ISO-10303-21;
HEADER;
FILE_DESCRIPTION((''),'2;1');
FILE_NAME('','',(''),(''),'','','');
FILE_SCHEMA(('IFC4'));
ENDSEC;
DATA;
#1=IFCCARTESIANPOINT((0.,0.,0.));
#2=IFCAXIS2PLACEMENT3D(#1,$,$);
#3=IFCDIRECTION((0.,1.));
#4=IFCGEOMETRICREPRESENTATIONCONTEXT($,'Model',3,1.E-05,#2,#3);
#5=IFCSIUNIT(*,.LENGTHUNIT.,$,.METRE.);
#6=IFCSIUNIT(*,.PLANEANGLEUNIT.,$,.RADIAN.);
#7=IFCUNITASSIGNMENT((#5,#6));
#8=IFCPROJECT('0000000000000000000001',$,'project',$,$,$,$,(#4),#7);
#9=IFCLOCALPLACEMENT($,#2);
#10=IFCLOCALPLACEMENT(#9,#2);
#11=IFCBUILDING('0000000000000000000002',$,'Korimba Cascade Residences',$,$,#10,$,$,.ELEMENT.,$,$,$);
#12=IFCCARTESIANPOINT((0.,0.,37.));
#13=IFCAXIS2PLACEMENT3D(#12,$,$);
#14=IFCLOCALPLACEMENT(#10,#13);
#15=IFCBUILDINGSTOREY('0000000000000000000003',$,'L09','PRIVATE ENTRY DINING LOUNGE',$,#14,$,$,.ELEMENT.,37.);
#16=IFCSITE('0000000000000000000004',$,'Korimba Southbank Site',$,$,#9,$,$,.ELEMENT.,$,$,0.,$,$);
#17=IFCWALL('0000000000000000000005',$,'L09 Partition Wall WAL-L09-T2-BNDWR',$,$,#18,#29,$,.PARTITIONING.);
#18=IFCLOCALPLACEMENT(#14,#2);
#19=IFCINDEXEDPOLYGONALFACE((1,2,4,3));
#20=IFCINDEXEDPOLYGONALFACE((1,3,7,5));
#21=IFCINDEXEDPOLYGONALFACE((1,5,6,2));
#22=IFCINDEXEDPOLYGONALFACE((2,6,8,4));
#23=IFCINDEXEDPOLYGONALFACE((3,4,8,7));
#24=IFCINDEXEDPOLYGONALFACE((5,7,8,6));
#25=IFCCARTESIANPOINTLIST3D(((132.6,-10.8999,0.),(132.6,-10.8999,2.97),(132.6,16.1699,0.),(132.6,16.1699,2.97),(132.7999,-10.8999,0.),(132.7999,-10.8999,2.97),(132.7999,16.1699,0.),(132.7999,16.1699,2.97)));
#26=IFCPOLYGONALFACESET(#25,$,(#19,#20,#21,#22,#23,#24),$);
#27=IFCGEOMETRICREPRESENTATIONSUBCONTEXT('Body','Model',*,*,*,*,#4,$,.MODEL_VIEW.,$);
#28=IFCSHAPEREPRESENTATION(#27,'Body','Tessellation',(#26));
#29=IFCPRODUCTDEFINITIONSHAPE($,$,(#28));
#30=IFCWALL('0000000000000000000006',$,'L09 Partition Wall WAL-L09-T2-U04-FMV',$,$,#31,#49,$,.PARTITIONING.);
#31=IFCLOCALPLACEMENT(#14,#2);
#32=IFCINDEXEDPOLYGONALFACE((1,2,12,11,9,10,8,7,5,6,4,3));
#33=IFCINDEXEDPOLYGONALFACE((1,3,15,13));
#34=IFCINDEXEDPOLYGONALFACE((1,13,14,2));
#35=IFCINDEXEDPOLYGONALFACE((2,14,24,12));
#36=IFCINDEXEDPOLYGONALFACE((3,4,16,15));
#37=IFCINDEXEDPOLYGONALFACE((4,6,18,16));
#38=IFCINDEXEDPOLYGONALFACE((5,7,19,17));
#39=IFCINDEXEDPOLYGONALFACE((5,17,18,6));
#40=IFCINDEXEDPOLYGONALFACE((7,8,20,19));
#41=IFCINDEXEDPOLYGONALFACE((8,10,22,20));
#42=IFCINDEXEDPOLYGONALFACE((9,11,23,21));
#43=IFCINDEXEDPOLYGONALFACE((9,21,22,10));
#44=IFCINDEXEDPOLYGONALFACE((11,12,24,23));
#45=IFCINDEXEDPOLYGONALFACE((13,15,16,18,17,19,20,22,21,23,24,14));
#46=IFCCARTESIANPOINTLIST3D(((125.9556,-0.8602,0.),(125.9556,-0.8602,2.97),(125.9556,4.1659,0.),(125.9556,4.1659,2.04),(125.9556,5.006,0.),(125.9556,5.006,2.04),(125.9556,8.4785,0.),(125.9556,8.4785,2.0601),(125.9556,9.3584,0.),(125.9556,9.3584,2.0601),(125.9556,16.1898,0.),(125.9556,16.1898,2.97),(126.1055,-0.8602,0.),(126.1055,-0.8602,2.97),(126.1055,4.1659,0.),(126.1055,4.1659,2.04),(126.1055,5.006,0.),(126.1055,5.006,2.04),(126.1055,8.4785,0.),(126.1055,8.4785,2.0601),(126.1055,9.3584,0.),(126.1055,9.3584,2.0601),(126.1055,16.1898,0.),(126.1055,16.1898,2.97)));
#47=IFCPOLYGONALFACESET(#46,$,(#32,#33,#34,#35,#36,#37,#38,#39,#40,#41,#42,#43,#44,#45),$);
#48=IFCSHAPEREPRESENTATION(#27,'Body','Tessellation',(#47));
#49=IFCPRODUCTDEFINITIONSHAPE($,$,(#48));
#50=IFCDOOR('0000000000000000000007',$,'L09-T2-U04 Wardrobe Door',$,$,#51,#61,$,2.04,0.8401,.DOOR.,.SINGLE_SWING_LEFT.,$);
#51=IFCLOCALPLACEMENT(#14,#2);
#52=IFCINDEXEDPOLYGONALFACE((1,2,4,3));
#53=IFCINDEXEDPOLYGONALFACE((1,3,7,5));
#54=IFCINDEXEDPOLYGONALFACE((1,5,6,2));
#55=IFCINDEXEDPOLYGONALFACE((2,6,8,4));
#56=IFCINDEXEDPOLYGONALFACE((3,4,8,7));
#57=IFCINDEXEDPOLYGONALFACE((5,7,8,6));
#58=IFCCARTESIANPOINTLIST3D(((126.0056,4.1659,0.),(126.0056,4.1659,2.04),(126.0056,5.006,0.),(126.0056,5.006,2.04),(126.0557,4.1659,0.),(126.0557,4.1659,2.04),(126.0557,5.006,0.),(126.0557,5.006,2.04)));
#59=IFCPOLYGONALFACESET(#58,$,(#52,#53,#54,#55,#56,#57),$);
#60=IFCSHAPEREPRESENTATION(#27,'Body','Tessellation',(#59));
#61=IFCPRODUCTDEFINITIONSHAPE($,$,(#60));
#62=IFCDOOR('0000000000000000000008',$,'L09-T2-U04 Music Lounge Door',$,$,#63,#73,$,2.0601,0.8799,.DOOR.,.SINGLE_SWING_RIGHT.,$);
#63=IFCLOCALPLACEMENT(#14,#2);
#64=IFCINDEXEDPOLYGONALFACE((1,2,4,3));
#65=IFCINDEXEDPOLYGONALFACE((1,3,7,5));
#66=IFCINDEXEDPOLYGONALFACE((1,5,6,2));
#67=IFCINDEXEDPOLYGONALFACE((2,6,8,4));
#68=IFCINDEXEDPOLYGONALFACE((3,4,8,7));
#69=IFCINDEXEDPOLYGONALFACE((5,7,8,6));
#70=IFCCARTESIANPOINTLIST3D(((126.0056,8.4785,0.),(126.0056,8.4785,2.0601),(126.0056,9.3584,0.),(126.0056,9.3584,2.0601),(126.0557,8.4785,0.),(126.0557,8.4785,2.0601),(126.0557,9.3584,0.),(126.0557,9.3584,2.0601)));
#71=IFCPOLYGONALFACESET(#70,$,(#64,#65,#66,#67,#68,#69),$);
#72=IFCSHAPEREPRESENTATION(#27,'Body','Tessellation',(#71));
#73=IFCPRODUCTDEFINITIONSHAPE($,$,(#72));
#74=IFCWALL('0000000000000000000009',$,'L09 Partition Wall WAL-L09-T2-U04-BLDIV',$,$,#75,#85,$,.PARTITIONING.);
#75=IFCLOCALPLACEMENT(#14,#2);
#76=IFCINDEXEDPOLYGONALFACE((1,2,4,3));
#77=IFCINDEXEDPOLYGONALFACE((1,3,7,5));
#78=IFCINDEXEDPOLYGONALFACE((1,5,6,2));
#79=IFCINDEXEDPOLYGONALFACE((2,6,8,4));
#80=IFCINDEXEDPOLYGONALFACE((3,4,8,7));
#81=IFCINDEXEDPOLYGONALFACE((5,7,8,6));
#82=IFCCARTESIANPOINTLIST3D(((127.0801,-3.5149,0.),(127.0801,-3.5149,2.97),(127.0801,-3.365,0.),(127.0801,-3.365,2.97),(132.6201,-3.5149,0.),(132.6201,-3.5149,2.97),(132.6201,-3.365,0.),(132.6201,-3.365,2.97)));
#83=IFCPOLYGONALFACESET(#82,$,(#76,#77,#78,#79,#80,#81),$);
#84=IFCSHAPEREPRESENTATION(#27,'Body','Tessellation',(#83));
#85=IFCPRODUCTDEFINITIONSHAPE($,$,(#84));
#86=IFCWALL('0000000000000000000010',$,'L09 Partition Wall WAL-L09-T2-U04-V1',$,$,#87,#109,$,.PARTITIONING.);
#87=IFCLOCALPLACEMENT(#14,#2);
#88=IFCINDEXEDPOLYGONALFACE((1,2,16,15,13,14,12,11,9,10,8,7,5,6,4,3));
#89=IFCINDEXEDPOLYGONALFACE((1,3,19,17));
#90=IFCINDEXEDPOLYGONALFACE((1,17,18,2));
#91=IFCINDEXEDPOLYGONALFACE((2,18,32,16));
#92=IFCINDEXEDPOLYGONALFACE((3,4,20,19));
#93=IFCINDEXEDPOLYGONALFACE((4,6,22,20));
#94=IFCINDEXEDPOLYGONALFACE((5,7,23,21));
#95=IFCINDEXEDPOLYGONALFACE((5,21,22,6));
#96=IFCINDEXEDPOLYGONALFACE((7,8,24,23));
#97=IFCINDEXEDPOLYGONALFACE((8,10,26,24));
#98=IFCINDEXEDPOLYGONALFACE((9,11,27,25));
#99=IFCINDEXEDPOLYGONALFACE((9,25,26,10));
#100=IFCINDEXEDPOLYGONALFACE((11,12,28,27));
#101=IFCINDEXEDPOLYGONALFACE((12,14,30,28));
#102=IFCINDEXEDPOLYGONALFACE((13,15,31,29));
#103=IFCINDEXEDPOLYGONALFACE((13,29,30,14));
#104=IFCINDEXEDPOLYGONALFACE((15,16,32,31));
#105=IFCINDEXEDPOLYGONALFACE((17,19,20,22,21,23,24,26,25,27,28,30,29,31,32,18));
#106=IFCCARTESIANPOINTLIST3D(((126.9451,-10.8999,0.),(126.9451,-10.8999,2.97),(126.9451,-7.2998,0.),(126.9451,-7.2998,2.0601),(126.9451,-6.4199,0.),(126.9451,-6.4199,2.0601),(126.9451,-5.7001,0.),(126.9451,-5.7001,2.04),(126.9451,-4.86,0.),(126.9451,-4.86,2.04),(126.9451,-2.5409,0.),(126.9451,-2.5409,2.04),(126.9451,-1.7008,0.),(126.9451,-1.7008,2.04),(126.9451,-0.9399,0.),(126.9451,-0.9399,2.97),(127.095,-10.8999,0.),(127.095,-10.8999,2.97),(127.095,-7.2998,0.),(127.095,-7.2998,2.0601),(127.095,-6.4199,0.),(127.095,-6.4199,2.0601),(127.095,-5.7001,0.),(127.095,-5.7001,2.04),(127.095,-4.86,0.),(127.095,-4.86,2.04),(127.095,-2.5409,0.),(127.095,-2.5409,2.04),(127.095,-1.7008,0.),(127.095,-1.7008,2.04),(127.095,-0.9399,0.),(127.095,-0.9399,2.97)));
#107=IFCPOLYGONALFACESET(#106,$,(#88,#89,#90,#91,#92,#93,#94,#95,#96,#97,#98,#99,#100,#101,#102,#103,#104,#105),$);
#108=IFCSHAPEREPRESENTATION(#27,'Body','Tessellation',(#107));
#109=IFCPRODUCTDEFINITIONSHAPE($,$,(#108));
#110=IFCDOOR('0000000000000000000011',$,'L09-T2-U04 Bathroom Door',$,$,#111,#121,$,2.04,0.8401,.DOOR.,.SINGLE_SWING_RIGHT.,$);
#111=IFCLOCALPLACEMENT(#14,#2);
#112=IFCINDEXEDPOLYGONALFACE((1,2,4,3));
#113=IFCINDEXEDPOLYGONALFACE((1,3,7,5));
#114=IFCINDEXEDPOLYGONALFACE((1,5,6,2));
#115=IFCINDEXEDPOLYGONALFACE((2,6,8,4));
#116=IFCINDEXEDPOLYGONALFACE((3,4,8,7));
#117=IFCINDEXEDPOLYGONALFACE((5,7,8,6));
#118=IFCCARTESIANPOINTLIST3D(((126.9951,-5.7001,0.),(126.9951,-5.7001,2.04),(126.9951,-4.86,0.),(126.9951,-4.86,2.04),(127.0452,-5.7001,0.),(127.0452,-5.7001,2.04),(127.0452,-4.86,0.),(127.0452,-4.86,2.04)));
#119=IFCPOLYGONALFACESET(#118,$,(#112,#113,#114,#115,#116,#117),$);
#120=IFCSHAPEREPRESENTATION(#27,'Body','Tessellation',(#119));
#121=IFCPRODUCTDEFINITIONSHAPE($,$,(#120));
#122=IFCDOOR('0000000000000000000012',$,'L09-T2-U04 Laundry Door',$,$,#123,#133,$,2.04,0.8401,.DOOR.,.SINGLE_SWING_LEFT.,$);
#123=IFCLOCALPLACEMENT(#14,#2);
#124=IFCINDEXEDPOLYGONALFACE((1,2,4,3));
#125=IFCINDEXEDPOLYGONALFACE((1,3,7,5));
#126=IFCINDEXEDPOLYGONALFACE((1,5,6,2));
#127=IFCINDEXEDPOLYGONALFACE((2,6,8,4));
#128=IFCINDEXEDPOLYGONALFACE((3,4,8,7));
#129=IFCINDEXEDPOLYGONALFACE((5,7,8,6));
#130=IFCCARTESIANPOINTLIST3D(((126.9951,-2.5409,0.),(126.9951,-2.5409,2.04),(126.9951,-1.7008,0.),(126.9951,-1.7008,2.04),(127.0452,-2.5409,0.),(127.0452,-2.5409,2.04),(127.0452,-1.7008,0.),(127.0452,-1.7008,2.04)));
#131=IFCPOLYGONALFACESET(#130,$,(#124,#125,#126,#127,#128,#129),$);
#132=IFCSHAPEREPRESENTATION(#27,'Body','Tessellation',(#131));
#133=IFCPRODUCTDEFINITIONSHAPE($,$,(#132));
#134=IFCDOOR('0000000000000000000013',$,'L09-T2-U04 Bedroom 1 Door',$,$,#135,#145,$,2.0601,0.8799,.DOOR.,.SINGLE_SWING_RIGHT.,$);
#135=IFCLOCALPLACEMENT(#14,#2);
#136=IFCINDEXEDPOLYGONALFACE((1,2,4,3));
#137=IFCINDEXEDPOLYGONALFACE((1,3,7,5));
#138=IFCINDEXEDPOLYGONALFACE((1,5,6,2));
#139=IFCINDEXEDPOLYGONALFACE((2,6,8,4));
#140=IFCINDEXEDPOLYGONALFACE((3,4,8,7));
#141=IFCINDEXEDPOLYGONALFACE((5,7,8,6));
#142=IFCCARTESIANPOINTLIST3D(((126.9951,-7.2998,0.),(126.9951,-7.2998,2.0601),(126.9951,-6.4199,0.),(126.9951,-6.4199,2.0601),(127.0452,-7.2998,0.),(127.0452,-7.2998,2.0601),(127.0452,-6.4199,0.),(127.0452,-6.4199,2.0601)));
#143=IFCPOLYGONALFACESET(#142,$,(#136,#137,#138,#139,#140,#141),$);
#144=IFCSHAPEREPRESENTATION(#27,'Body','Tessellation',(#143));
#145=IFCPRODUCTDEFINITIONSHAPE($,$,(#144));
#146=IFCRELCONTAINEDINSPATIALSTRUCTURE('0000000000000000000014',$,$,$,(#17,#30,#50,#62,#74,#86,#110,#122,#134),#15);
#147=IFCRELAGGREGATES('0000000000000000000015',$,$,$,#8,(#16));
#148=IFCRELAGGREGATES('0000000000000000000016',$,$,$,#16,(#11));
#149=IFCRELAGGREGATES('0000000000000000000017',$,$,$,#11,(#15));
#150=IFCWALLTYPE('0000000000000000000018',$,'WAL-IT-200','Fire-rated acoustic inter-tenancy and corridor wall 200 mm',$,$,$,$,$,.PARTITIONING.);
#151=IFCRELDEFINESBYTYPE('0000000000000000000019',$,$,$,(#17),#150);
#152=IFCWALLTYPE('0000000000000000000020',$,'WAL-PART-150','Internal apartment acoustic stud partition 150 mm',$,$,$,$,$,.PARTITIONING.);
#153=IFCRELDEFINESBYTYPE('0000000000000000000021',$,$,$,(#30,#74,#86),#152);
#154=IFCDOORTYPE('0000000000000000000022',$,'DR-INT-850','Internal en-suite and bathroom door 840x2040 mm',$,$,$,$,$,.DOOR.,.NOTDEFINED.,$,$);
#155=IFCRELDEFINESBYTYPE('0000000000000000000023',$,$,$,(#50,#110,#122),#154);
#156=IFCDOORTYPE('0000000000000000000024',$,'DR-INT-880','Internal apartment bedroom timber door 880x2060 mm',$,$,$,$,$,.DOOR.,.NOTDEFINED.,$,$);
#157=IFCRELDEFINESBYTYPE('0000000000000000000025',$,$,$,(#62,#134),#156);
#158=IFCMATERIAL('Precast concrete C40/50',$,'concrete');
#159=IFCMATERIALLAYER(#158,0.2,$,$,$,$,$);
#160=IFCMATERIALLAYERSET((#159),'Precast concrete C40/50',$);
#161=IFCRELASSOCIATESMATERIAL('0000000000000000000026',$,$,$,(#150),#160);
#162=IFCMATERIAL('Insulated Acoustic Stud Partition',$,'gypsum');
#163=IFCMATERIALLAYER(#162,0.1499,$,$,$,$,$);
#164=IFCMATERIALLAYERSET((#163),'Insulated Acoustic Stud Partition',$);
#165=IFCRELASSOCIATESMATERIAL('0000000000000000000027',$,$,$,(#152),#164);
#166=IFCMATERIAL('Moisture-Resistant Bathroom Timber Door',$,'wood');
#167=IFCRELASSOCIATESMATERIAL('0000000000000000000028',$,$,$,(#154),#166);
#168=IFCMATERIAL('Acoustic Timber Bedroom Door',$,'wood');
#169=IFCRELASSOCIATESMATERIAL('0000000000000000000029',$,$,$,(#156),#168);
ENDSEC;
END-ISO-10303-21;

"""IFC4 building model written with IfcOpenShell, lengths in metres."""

from ifc_helpers import new_model, si_unit, direction, frame, frame_2d, origin, place, context, subcontext, project, spatial, rectangle, extrude, material, layer, layer_set, type_object, element, fill, save


model = new_model("IFC4")

# Units and contexts
model_context = context("Model", 3, precision=1e-05, world=origin(), true_north=direction((0.0, 1.0)))
body_context = subcontext(model_context, "Body", "Model", "MODEL_VIEW")
ifc_project = project(units=[si_unit("LENGTHUNIT", "METRE"), si_unit("PLANEANGLEUNIT", "RADIAN")], contexts=[model_context])

# Site, building, storey
site_placement = place(None, origin())
site = spatial("IfcSite", under=ifc_project, at=site_placement, Name="Korimba Southbank Site", CompositionType="ELEMENT", RefElevation=0.0)
building_placement = place(site_placement, origin())
building = spatial("IfcBuilding", under=site, at=building_placement, Name="Korimba Cascade Residences", CompositionType="ELEMENT")
storey_placement = place(building_placement, frame((0.0, 0.0, 37.0)))
storey = spatial("IfcBuildingStorey", under=building, at=storey_placement, Name="L09", Description="PRIVATE ENTRY DINING LOUNGE", CompositionType="ELEMENT", Elevation=37.0)

# Shared definitions
ifc_material_1 = material(Name="Precast concrete C40/50", Category="concrete")

# Wall
ifc_layer_1 = layer(ifc_material_1, 0.2)
ifc_layer_set_1 = layer_set([ifc_layer_1], Name="Precast concrete C40/50")
wall_type_1 = type_object("IfcWallType", Name="WAL-IT-200", Description="Fire-rated acoustic inter-tenancy and corridor wall 200 mm", PredefinedType="PARTITIONING", material=ifc_layer_set_1)
wall_1_placement = place(storey_placement, frame((132.7, -10.8999, 0.0), z_axis=(0.0, 0.0, 1.0), x_axis=(0.0, 1.0, 0.0)))
element("IfcWall", 1, at=wall_1_placement, inside=storey, type_object=wall_type_1, Name="L09 Partition Wall WAL-L09-T2-BNDWR", PredefinedType="PARTITIONING", context=body_context, shape_type="SweptSolid", body=[
    extrude(rectangle(XDim=27.0698, YDim=0.2, at=frame_2d((13.5349, 0.0))), origin(), (0.0, 0.0, 1.0), 2.97),
])

# Wall, openings, doors
ifc_material_2 = material(Name="Insulated Acoustic Stud Partition", Category="gypsum")
ifc_layer_2 = layer(ifc_material_2, 0.1499)
ifc_layer_set_2 = layer_set([ifc_layer_2], Name="Insulated Acoustic Stud Partition")
wall_type_2 = type_object("IfcWallType", Name="WAL-PART-150", Description="Internal apartment acoustic stud partition 150 mm", PredefinedType="PARTITIONING", material=ifc_layer_set_2)
wall_2_placement = place(storey_placement, frame((126.0305, -0.8601, 0.0), z_axis=(0.0, 0.0, 1.0), x_axis=(0.0, 1.0, 0.0)))
wall_2 = element("IfcWall", 2, at=wall_2_placement, inside=storey, type_object=wall_type_2, Name="L09 Partition Wall WAL-L09-T2-U04-FMV", PredefinedType="PARTITIONING", context=body_context, shape_type="SweptSolid", body=[
    extrude(rectangle(XDim=17.05, YDim=0.1499, at=frame_2d((8.5249, 0.0))), origin(), (0.0, 0.0, 1.0), 2.97),
])
opening_1_placement = place(wall_2_placement, frame((5.0261, 0.0, 0.0)))
opening_1 = element("IfcOpeningElement", 3, at=opening_1_placement, cuts=wall_2, PredefinedType="OPENING", context=body_context, shape_type="SweptSolid", body=[
    extrude(rectangle(XDim=0.8401, YDim=2.04, at=frame_2d((0.4199, 1.02))), frame((0.0, 0.085, 0.0), z_axis=(0.0, -1.0, 0.0), x_axis=(1.0, 0.0, 0.0)), (0.0, 0.0, 1.0), 0.1699),
])
opening_2_placement = place(wall_2_placement, frame((9.3386, 0.0, 0.0)))
opening_2 = element("IfcOpeningElement", 4, at=opening_2_placement, cuts=wall_2, PredefinedType="OPENING", context=body_context, shape_type="SweptSolid", body=[
    extrude(rectangle(XDim=0.8799, YDim=2.0601, at=frame_2d((0.4399, 1.03))), frame((0.0, 0.085, 0.0), z_axis=(0.0, -1.0, 0.0), x_axis=(1.0, 0.0, 0.0)), (0.0, 0.0, 1.0), 0.1699),
])
ifc_material_3 = material(Name="Moisture-Resistant Bathroom Timber Door", Category="wood")
door_type_1 = type_object("IfcDoorType", Name="DR-INT-850", Description="Internal en-suite and bathroom door 840x2040 mm", OperationType="NOTDEFINED", PredefinedType="DOOR", material=ifc_material_3)
door_1_placement = place(opening_1_placement, origin())
door_1 = element("IfcDoor", 5, at=door_1_placement, inside=storey, type_object=door_type_1, Name="L09-T2-U04 Wardrobe Door", OperationType="SINGLE_SWING_LEFT", OverallHeight=2.04, OverallWidth=0.8401, PredefinedType="DOOR", context=body_context, shape_type="SweptSolid", body=[
    extrude(rectangle(XDim=0.8401, YDim=2.04, at=frame_2d((0.4199, 1.02))), frame((0.0, 0.0249, 0.0), z_axis=(0.0, -1.0, 0.0), x_axis=(1.0, 0.0, 0.0)), (0.0, 0.0, 1.0), 0.05),
])
fill(opening_1, door_1)
ifc_material_4 = material(Name="Acoustic Timber Bedroom Door", Category="wood")
door_type_2 = type_object("IfcDoorType", Name="DR-INT-880", Description="Internal apartment bedroom timber door 880x2060 mm", OperationType="NOTDEFINED", PredefinedType="DOOR", material=ifc_material_4)
door_2_placement = place(opening_2_placement, origin())
door_2 = element("IfcDoor", 6, at=door_2_placement, inside=storey, type_object=door_type_2, Name="L09-T2-U04 Music Lounge Door", OperationType="SINGLE_SWING_RIGHT", OverallHeight=2.0601, OverallWidth=0.8799, PredefinedType="DOOR", context=body_context, shape_type="SweptSolid", body=[
    extrude(rectangle(XDim=0.8799, YDim=2.0601, at=frame_2d((0.4399, 1.03))), frame((0.0, 0.0249, 0.0), z_axis=(0.0, -1.0, 0.0), x_axis=(1.0, 0.0, 0.0)), (0.0, 0.0, 1.0), 0.05),
])
fill(opening_2, door_2)

# Wall
wall_3_placement = place(storey_placement, frame((127.0801, -3.4399, 0.0), z_axis=(0.0, 0.0, 1.0), x_axis=(1.0, 0.0, 0.0)))
element("IfcWall", 7, at=wall_3_placement, inside=storey, type_object=wall_type_2, Name="L09 Partition Wall WAL-L09-T2-U04-BLDIV", PredefinedType="PARTITIONING", context=body_context, shape_type="SweptSolid", body=[
    extrude(rectangle(XDim=5.54, YDim=0.1499, at=frame_2d((2.77, 0.0))), origin(), (0.0, 0.0, 1.0), 2.97),
])

# Wall, openings, doors
wall_4_placement = place(storey_placement, frame((127.02, -10.8999, 0.0), z_axis=(0.0, 0.0, 1.0), x_axis=(0.0, 1.0, 0.0)))
wall_4 = element("IfcWall", 8, at=wall_4_placement, inside=storey, type_object=wall_type_2, Name="L09 Partition Wall WAL-L09-T2-U04-V1", PredefinedType="PARTITIONING", context=body_context, shape_type="SweptSolid", body=[
    extrude(rectangle(XDim=9.96, YDim=0.1499, at=frame_2d((4.98, 0.0))), origin(), (0.0, 0.0, 1.0), 2.97),
])
opening_3_placement = place(wall_4_placement, frame((5.2, 0.0, 0.0)))
opening_3 = element("IfcOpeningElement", 9, at=opening_3_placement, cuts=wall_4, PredefinedType="OPENING", context=body_context, shape_type="SweptSolid", body=[
    extrude(rectangle(XDim=0.8401, YDim=2.04, at=frame_2d((0.4199, 1.02))), frame((0.0, 0.085, 0.0), z_axis=(0.0, -1.0, 0.0), x_axis=(1.0, 0.0, 0.0)), (0.0, 0.0, 1.0), 0.1699),
])
opening_4_placement = place(wall_4_placement, frame((8.3591, 0.0, 0.0)))
opening_4 = element("IfcOpeningElement", 10, at=opening_4_placement, cuts=wall_4, PredefinedType="OPENING", context=body_context, shape_type="SweptSolid", body=[
    extrude(rectangle(XDim=0.8401, YDim=2.04, at=frame_2d((0.4199, 1.02))), frame((0.0, 0.085, 0.0), z_axis=(0.0, -1.0, 0.0), x_axis=(1.0, 0.0, 0.0)), (0.0, 0.0, 1.0), 0.1699),
])
opening_5_placement = place(wall_4_placement, frame((3.6001, 0.0, 0.0)))
opening_5 = element("IfcOpeningElement", 11, at=opening_5_placement, cuts=wall_4, PredefinedType="OPENING", context=body_context, shape_type="SweptSolid", body=[
    extrude(rectangle(XDim=0.8799, YDim=2.0601, at=frame_2d((0.4399, 1.03))), frame((0.0, 0.085, 0.0), z_axis=(0.0, -1.0, 0.0), x_axis=(1.0, 0.0, 0.0)), (0.0, 0.0, 1.0), 0.1699),
])
door_3_placement = place(opening_3_placement, origin())
door_3 = element("IfcDoor", 12, at=door_3_placement, inside=storey, type_object=door_type_1, Name="L09-T2-U04 Bathroom Door", OperationType="SINGLE_SWING_RIGHT", OverallHeight=2.04, OverallWidth=0.8401, PredefinedType="DOOR", context=body_context, shape_type="SweptSolid", body=[
    extrude(rectangle(XDim=0.8401, YDim=2.04, at=frame_2d((0.4199, 1.02))), frame((0.0, 0.0249, 0.0), z_axis=(0.0, -1.0, 0.0), x_axis=(1.0, 0.0, 0.0)), (0.0, 0.0, 1.0), 0.05),
])
fill(opening_3, door_3)
door_4_placement = place(opening_4_placement, origin())
door_4 = element("IfcDoor", 13, at=door_4_placement, inside=storey, type_object=door_type_1, Name="L09-T2-U04 Laundry Door", OperationType="SINGLE_SWING_LEFT", OverallHeight=2.04, OverallWidth=0.8401, PredefinedType="DOOR", context=body_context, shape_type="SweptSolid", body=[
    extrude(rectangle(XDim=0.8401, YDim=2.04, at=frame_2d((0.4199, 1.02))), frame((0.0, 0.0249, 0.0), z_axis=(0.0, -1.0, 0.0), x_axis=(1.0, 0.0, 0.0)), (0.0, 0.0, 1.0), 0.05),
])
fill(opening_4, door_4)
door_5_placement = place(opening_5_placement, origin())
door_5 = element("IfcDoor", 14, at=door_5_placement, inside=storey, type_object=door_type_2, Name="L09-T2-U04 Bedroom 1 Door", OperationType="SINGLE_SWING_RIGHT", OverallHeight=2.0601, OverallWidth=0.8799, PredefinedType="DOOR", context=body_context, shape_type="SweptSolid", body=[
    extrude(rectangle(XDim=0.8799, YDim=2.0601, at=frame_2d((0.4399, 1.03))), frame((0.0, 0.0249, 0.0), z_axis=(0.0, -1.0, 0.0), x_axis=(1.0, 0.0, 0.0)), (0.0, 0.0, 1.0), 0.05),
])
fill(opening_5, door_5)

save(model, "model.ifc")
